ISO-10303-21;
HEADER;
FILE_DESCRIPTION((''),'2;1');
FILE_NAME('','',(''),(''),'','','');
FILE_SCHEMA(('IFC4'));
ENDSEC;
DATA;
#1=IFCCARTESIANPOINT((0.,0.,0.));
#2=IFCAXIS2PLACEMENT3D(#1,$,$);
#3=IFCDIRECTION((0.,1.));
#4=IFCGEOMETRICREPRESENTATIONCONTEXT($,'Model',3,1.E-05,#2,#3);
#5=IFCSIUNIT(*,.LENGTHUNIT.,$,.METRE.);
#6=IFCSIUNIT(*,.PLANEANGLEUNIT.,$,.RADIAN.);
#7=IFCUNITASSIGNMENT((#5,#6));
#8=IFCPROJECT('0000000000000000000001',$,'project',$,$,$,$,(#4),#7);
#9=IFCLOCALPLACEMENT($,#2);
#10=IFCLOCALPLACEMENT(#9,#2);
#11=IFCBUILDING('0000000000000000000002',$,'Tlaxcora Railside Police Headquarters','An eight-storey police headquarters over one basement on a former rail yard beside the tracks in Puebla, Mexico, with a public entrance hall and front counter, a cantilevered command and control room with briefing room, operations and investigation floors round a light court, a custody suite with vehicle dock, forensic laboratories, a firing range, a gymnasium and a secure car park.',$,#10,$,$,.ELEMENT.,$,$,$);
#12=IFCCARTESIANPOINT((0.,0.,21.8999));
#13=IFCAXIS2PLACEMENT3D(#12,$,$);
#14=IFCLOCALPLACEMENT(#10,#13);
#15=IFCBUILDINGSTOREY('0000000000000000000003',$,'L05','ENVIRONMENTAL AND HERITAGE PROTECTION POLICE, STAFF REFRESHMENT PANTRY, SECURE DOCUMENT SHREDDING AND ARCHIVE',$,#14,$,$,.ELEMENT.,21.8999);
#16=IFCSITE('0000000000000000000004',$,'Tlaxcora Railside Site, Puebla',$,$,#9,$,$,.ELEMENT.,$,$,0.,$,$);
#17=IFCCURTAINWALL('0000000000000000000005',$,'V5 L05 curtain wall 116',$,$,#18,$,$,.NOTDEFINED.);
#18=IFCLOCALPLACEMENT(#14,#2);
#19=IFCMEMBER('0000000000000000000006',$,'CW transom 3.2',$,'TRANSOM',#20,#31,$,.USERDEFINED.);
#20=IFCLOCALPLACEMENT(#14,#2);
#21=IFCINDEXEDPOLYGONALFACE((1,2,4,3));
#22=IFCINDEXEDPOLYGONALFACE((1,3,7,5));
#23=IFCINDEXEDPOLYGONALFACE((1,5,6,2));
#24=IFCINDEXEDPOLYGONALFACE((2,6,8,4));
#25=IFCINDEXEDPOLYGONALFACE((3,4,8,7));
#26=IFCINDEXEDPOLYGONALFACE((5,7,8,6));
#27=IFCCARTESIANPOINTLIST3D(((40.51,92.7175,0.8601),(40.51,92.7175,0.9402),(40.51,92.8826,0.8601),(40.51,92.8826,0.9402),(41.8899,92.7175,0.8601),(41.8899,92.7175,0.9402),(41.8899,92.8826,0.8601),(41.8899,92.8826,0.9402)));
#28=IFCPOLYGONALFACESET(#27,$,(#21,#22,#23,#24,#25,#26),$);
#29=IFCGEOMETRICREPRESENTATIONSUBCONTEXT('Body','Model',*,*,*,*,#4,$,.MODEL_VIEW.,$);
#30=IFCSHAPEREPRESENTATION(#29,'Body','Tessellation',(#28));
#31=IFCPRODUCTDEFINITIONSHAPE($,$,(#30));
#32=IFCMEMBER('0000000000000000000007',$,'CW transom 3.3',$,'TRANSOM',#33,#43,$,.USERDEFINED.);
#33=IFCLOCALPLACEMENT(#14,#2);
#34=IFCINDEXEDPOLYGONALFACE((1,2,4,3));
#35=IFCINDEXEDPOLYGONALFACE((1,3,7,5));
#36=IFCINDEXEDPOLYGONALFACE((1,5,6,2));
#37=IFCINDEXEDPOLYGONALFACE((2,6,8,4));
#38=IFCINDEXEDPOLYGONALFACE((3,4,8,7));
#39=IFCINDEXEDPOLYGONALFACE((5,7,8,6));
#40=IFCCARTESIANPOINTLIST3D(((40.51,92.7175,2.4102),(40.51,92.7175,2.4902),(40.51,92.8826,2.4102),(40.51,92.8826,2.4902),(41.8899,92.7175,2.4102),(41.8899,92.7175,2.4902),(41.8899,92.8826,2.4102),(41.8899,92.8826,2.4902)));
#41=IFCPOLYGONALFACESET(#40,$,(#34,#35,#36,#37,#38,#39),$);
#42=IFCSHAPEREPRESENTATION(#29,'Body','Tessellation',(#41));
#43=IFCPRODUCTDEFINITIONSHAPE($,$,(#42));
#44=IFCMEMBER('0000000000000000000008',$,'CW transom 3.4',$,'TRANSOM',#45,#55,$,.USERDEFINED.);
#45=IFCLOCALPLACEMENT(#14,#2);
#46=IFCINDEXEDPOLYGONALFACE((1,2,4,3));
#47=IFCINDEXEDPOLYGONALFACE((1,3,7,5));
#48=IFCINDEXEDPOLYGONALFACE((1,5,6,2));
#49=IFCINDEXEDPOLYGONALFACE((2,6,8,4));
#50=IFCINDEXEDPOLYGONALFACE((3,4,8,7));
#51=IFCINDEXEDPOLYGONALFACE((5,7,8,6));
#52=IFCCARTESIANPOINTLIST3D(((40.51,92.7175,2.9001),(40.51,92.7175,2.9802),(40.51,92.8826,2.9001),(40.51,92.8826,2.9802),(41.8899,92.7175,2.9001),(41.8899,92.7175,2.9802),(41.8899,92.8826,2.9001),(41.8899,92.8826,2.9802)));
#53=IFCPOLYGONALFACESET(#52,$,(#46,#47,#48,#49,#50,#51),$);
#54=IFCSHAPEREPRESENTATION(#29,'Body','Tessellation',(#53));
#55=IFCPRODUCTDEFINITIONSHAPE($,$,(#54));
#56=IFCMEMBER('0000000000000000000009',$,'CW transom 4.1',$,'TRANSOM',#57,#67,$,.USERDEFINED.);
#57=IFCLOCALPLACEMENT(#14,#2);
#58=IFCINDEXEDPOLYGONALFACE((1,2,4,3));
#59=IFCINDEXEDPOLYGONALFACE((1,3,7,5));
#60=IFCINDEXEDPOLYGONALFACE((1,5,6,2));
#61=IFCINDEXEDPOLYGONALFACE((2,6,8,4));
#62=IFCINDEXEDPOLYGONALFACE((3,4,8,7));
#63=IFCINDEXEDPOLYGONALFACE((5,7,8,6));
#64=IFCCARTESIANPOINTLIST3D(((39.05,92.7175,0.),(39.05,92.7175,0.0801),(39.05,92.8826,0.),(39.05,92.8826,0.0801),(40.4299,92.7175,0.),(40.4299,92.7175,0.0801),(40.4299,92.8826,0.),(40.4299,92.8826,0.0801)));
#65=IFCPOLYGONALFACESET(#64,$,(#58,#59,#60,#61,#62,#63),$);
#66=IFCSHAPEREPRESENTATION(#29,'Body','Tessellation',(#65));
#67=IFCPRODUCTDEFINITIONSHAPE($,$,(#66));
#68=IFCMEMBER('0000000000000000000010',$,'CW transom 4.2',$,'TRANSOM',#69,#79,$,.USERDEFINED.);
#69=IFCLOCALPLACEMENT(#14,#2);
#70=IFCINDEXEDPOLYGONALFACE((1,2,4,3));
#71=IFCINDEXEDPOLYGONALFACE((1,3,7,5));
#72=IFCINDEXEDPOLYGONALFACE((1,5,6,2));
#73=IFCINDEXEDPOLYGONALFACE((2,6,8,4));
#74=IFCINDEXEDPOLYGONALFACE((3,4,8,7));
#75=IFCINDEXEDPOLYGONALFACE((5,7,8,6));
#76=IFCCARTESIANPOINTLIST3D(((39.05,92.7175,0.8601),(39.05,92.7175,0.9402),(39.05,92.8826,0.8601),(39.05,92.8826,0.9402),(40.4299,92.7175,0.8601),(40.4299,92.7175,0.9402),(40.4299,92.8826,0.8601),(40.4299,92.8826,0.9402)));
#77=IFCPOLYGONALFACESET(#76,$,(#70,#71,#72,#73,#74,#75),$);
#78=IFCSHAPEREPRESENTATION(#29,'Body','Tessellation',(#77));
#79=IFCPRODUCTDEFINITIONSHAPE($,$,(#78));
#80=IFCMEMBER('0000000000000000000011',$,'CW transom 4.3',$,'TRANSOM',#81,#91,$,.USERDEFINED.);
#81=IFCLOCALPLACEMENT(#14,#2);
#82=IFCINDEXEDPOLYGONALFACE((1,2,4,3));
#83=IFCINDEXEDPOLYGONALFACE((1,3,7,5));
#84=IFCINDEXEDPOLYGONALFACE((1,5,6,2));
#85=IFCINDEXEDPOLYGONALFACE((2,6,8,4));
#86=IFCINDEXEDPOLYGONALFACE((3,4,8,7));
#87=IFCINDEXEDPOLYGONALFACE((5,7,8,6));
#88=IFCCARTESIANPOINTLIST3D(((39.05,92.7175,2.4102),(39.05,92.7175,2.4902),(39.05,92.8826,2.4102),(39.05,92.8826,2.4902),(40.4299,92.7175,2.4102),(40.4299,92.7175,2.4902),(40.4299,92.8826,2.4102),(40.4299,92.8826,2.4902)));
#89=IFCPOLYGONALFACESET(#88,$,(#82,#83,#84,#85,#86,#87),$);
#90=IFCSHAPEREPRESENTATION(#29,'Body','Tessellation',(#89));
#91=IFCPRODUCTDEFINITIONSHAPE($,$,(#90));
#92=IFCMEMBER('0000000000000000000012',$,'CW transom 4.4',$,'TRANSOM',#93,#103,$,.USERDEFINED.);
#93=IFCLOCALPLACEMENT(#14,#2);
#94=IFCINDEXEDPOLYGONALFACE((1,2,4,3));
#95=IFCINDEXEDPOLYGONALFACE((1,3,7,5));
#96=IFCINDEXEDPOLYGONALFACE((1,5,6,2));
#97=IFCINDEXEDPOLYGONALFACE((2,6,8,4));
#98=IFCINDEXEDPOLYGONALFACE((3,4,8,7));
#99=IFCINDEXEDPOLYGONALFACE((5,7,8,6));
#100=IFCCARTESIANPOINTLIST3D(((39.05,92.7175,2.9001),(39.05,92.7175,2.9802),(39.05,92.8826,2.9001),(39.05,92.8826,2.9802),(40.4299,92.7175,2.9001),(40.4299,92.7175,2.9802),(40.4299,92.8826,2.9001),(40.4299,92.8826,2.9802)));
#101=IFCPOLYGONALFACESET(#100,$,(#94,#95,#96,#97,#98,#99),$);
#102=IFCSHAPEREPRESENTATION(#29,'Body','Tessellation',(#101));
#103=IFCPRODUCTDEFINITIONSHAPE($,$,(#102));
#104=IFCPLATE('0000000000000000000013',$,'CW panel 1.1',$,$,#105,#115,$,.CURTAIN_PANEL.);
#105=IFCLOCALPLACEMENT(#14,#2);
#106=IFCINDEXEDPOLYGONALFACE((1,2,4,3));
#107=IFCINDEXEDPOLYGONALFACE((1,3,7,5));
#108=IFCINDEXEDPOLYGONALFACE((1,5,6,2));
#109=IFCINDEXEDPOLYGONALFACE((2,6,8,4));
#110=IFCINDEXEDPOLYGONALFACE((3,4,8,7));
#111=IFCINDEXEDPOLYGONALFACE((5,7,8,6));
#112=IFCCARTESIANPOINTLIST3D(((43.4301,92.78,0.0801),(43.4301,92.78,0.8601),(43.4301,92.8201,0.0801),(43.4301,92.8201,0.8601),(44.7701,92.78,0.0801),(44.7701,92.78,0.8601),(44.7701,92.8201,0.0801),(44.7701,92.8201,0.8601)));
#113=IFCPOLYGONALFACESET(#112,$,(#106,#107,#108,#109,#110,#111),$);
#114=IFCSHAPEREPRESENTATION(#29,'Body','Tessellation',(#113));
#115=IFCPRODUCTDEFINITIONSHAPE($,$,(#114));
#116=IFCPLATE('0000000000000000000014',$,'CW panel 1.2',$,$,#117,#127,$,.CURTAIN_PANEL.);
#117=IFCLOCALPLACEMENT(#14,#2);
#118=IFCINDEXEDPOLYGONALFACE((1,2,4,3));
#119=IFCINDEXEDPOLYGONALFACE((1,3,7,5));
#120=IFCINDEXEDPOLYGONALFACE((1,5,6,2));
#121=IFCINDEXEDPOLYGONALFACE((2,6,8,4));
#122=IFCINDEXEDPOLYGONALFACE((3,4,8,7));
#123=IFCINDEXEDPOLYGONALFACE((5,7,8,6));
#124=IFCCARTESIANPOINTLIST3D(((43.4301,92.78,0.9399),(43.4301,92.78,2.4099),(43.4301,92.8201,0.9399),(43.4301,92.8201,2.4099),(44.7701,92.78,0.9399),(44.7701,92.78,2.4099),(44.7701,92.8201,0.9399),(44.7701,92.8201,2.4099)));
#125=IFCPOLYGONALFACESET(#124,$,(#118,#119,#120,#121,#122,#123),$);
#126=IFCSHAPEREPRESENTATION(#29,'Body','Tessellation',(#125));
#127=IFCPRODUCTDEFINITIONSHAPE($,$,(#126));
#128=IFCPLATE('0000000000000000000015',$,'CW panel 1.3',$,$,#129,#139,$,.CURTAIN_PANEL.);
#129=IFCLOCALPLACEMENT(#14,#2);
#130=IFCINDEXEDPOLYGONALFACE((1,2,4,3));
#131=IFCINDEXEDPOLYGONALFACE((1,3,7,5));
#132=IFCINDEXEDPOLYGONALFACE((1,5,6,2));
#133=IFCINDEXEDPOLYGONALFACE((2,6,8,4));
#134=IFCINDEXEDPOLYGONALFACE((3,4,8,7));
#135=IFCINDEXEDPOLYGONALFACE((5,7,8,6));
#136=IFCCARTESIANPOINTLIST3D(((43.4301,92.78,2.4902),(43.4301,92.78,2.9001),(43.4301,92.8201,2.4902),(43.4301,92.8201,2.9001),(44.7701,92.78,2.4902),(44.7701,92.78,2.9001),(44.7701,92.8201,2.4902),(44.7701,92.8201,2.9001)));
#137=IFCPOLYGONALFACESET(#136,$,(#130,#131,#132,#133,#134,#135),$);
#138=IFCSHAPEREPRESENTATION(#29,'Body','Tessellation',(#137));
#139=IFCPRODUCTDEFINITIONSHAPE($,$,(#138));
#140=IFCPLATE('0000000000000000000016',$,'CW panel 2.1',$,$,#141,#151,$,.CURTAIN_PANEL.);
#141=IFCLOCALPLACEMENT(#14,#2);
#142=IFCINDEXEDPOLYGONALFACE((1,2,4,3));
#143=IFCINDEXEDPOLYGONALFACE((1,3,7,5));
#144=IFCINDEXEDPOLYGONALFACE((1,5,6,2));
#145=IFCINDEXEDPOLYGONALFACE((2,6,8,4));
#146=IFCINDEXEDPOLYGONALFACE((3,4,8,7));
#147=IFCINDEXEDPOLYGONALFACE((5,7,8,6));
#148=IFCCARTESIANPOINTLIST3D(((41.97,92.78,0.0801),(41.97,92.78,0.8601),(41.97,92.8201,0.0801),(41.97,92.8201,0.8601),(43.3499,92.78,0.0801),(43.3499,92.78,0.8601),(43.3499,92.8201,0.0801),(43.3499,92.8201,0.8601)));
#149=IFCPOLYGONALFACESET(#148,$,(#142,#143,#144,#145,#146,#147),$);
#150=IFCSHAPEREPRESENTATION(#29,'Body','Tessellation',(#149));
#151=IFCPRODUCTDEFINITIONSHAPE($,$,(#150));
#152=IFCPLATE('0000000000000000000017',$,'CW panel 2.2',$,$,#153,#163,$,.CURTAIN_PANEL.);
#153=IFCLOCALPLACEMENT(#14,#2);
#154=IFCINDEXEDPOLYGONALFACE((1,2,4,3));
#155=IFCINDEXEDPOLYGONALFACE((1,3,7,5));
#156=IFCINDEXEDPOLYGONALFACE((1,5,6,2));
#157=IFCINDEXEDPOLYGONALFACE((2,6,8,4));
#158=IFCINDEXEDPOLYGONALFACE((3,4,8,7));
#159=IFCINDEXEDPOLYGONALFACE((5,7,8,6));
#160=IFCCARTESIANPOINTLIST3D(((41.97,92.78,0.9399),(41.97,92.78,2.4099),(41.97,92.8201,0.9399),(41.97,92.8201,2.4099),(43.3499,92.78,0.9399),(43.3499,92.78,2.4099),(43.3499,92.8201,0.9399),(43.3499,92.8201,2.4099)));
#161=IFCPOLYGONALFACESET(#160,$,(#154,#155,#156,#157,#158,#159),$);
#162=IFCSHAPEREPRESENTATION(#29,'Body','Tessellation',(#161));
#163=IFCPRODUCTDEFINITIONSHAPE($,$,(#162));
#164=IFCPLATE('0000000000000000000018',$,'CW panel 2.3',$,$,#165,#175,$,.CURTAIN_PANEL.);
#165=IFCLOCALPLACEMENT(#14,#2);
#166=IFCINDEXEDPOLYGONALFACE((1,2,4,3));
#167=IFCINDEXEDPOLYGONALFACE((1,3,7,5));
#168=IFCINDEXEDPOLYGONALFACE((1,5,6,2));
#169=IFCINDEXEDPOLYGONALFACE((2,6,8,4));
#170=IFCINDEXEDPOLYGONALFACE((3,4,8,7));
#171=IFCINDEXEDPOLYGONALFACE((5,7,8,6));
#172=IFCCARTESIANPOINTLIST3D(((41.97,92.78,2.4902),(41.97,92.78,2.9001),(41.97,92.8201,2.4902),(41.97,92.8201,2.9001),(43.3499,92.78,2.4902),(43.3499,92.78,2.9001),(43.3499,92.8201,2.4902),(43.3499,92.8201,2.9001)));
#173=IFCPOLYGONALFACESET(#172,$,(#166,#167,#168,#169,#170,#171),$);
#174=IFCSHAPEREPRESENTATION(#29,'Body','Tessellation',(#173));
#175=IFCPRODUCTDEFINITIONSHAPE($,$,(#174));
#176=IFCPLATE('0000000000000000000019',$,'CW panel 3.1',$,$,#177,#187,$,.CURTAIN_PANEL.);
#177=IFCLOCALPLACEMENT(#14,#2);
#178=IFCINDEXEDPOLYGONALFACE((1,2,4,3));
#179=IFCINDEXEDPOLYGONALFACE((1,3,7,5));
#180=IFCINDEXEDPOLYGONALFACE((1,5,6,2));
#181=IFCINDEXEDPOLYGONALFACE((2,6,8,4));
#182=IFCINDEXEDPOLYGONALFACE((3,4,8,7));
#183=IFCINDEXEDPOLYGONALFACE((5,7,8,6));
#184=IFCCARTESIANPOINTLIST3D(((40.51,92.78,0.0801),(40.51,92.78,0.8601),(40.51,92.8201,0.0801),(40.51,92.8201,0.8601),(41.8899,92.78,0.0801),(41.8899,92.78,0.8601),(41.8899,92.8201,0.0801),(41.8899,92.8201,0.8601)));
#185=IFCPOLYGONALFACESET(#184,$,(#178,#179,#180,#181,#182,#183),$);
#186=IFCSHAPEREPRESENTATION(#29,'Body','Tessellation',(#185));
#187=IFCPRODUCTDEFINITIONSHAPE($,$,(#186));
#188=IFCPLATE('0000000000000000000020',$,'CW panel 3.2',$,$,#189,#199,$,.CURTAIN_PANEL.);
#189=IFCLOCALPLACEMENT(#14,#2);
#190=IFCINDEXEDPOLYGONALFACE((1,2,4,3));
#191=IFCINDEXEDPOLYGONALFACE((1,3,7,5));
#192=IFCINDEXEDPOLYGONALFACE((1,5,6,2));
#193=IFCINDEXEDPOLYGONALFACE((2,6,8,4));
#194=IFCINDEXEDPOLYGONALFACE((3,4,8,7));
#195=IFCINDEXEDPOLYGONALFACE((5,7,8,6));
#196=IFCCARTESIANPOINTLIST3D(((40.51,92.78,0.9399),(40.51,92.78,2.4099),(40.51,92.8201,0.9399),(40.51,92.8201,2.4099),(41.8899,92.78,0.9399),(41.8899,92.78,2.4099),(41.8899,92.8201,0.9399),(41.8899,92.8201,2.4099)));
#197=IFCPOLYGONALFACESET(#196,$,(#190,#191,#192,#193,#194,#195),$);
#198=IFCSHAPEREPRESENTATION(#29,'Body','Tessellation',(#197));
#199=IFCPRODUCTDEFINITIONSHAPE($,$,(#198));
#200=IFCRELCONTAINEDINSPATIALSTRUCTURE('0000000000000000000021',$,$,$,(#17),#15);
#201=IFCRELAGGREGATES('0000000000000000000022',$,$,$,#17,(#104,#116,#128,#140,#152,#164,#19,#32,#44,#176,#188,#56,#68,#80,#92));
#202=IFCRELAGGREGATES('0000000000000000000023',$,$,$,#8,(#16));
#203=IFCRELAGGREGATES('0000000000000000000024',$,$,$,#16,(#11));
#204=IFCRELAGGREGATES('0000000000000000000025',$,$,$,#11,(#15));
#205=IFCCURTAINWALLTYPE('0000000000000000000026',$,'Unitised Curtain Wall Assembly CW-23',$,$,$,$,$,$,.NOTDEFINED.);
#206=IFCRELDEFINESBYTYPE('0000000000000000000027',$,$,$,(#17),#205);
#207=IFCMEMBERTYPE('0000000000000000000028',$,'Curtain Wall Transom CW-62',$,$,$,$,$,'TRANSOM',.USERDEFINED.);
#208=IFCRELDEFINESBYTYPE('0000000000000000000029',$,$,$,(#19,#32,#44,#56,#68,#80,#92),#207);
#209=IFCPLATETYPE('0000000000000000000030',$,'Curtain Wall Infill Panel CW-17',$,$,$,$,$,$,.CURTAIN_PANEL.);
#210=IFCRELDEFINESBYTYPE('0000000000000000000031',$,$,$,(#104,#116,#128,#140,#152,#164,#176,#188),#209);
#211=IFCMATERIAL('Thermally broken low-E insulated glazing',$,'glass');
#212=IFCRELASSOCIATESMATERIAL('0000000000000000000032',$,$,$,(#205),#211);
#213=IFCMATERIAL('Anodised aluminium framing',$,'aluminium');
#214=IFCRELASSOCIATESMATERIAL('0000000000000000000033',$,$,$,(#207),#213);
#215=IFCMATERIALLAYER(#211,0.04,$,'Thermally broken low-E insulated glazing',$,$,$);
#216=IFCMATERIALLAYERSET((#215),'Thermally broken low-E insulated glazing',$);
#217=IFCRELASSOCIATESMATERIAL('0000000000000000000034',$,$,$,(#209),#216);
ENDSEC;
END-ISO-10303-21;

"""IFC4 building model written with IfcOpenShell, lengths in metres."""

from ifc_helpers import new_model, si_unit, direction, frame, origin, origin_2d, place, context, subcontext, project, spatial, rectangle, extrude, material, layer, layer_set, material_profile, profile_set, type_object, element, aggregate, save


model = new_model("IFC4")

# Units and contexts
model_context = context("Model", 3, precision=1e-05, world=origin(), true_north=direction((0.0, 1.0)))
body_context = subcontext(model_context, "Body", "Model", "MODEL_VIEW")
ifc_project = project(units=[si_unit("LENGTHUNIT", "METRE"), si_unit("PLANEANGLEUNIT", "RADIAN")], contexts=[model_context])

# Site, building, storey
site_placement = place(None, origin())
site = spatial("IfcSite", under=ifc_project, at=site_placement, Name="Tlaxcora Railside Site, Puebla", CompositionType="ELEMENT", RefElevation=0.0)
building_placement = place(site_placement, origin())
building = spatial("IfcBuilding", under=site, at=building_placement, Name="Tlaxcora Railside Police Headquarters", Description="An eight-storey police headquarters over one basement on a former rail yard beside the tracks in Puebla, Mexico, with a public entrance hall and front counter, a cantilevered command and control room with briefing room, operations and investigation floors round a light court, a custody suite with vehicle dock, forensic laboratories, a firing range, a gymnasium and a secure car park.", CompositionType="ELEMENT")
storey_placement = place(building_placement, frame((0.0, 0.0, 21.8999)))
storey = spatial("IfcBuildingStorey", under=building, at=storey_placement, Name="L05", Description="ENVIRONMENTAL AND HERITAGE PROTECTION POLICE, STAFF REFRESHMENT PANTRY, SECURE DOCUMENT SHREDDING AND ARCHIVE", CompositionType="ELEMENT", Elevation=21.8999)

# Curtain wall, members, plates
ifc_material_1 = material(Name="Thermally broken low-E insulated glazing", Category="glass")
curtain_wall_type = type_object("IfcCurtainWallType", Name="Unitised Curtain Wall Assembly CW-23", PredefinedType="NOTDEFINED", material=ifc_material_1)
curtain_wall_placement = place(storey_placement, origin())
curtain_wall = element("IfcCurtainWall", 1, at=curtain_wall_placement, inside=storey, type_object=curtain_wall_type, Name="V5 L05 curtain wall 116", PredefinedType="NOTDEFINED")
ifc_material_2 = material(Name="Anodised aluminium framing", Category="aluminium")
ifc_material_profile_1 = material_profile(ifc_material_2, rectangle(XDim=0.165, YDim=0.0801, at=origin_2d()), Name="AL80X165")
ifc_profile_set_1 = profile_set([ifc_material_profile_1], Name="Anodised aluminium framing")
member_type_1 = type_object("IfcMemberType", Name="Curtain Wall Transom CW-62", ElementType="TRANSOM", PredefinedType="USERDEFINED", material=ifc_profile_set_1)
member_1_placement = place(storey_placement, frame((41.8899, 92.8, 0.9001), z_axis=(-1.0, 0.0, 0.0), x_axis=(0.0, -1.0, 0.0)))
member_1 = element("IfcMember", 2, at=member_1_placement, type_object=member_type_1, Name="CW transom 3.2", ObjectType="TRANSOM", PredefinedType="USERDEFINED", context=body_context, shape_type="SweptSolid", body=[
    extrude(rectangle(XDim=0.165, YDim=0.0801, at=origin_2d()), origin(), (0.0, 0.0, 1.0), 1.3799),
])
member_2_placement = place(storey_placement, frame((41.8899, 92.8, 2.4502), z_axis=(-1.0, 0.0, 0.0), x_axis=(0.0, -1.0, 0.0)))
member_2 = element("IfcMember", 3, at=member_2_placement, type_object=member_type_1, Name="CW transom 3.3", ObjectType="TRANSOM", PredefinedType="USERDEFINED", context=body_context, shape_type="SweptSolid", body=[
    extrude(rectangle(XDim=0.165, YDim=0.0801, at=origin_2d()), origin(), (0.0, 0.0, 1.0), 1.3799),
])
member_3_placement = place(storey_placement, frame((41.8899, 92.8, 2.9402), z_axis=(-1.0, 0.0, 0.0), x_axis=(0.0, -1.0, 0.0)))
member_3 = element("IfcMember", 4, at=member_3_placement, type_object=member_type_1, Name="CW transom 3.4", ObjectType="TRANSOM", PredefinedType="USERDEFINED", context=body_context, shape_type="SweptSolid", body=[
    extrude(rectangle(XDim=0.165, YDim=0.0801, at=origin_2d()), origin(), (0.0, 0.0, 1.0), 1.3799),
])
member_4_placement = place(storey_placement, frame((40.4299, 92.8, 0.04), z_axis=(-1.0, 0.0, 0.0), x_axis=(0.0, -1.0, 0.0)))
member_4 = element("IfcMember", 5, at=member_4_placement, type_object=member_type_1, Name="CW transom 4.1", ObjectType="TRANSOM", PredefinedType="USERDEFINED", context=body_context, shape_type="SweptSolid", body=[
    extrude(rectangle(XDim=0.165, YDim=0.0801, at=origin_2d()), origin(), (0.0, 0.0, 1.0), 1.3799),
])
member_5_placement = place(storey_placement, frame((40.4299, 92.8, 0.9001), z_axis=(-1.0, 0.0, 0.0), x_axis=(0.0, -1.0, 0.0)))
member_5 = element("IfcMember", 6, at=member_5_placement, type_object=member_type_1, Name="CW transom 4.2", ObjectType="TRANSOM", PredefinedType="USERDEFINED", context=body_context, shape_type="SweptSolid", body=[
    extrude(rectangle(XDim=0.165, YDim=0.0801, at=origin_2d()), origin(), (0.0, 0.0, 1.0), 1.3799),
])
member_6_placement = place(storey_placement, frame((40.4299, 92.8, 2.4502), z_axis=(-1.0, 0.0, 0.0), x_axis=(0.0, -1.0, 0.0)))
member_6 = element("IfcMember", 7, at=member_6_placement, type_object=member_type_1, Name="CW transom 4.3", ObjectType="TRANSOM", PredefinedType="USERDEFINED", context=body_context, shape_type="SweptSolid", body=[
    extrude(rectangle(XDim=0.165, YDim=0.0801, at=origin_2d()), origin(), (0.0, 0.0, 1.0), 1.3799),
])
member_7_placement = place(storey_placement, frame((40.4299, 92.8, 2.9402), z_axis=(-1.0, 0.0, 0.0), x_axis=(0.0, -1.0, 0.0)))
member_7 = element("IfcMember", 8, at=member_7_placement, type_object=member_type_1, Name="CW transom 4.4", ObjectType="TRANSOM", PredefinedType="USERDEFINED", context=body_context, shape_type="SweptSolid", body=[
    extrude(rectangle(XDim=0.165, YDim=0.0801, at=origin_2d()), origin(), (0.0, 0.0, 1.0), 1.3799),
])
ifc_layer = layer(ifc_material_1, 0.04, Name="Thermally broken low-E insulated glazing")
ifc_layer_set = layer_set([ifc_layer], Name="Thermally broken low-E insulated glazing")
plate_type = type_object("IfcPlateType", Name="Curtain Wall Infill Panel CW-17", PredefinedType="CURTAIN_PANEL", material=ifc_layer_set)
plate_1_placement = place(storey_placement, frame((44.1001, 92.8, 0.0801), z_axis=(0.0, 0.0, 1.0), x_axis=(-1.0, 0.0, 0.0)))
plate_1 = element("IfcPlate", 9, at=plate_1_placement, type_object=plate_type, Name="CW panel 1.1", PredefinedType="CURTAIN_PANEL", context=body_context, shape_type="SweptSolid", body=[
    extrude(rectangle(XDim=1.3401, YDim=0.04, at=origin_2d()), origin(), (0.0, 0.0, 1.0), 0.78),
])
plate_2_placement = place(storey_placement, frame((44.1001, 92.8, 0.9399), z_axis=(0.0, 0.0, 1.0), x_axis=(-1.0, 0.0, 0.0)))
plate_2 = element("IfcPlate", 10, at=plate_2_placement, type_object=plate_type, Name="CW panel 1.2", PredefinedType="CURTAIN_PANEL", context=body_context, shape_type="SweptSolid", body=[
    extrude(rectangle(XDim=1.3401, YDim=0.04, at=origin_2d()), origin(), (0.0, 0.0, 1.0), 1.47),
])
plate_3_placement = place(storey_placement, frame((44.1001, 92.8, 2.4902), z_axis=(0.0, 0.0, 1.0), x_axis=(-1.0, 0.0, 0.0)))
plate_3 = element("IfcPlate", 11, at=plate_3_placement, type_object=plate_type, Name="CW panel 1.3", PredefinedType="CURTAIN_PANEL", context=body_context, shape_type="SweptSolid", body=[
    extrude(rectangle(XDim=1.3401, YDim=0.04, at=origin_2d()), origin(), (0.0, 0.0, 1.0), 0.4099),
])
plate_4_placement = place(storey_placement, frame((42.6599, 92.8, 0.0801), z_axis=(0.0, 0.0, 1.0), x_axis=(-1.0, 0.0, 0.0)))
plate_4 = element("IfcPlate", 12, at=plate_4_placement, type_object=plate_type, Name="CW panel 2.1", PredefinedType="CURTAIN_PANEL", context=body_context, shape_type="SweptSolid", body=[
    extrude(rectangle(XDim=1.3799, YDim=0.04, at=origin_2d()), origin(), (0.0, 0.0, 1.0), 0.78),
])
plate_5_placement = place(storey_placement, frame((42.6599, 92.8, 0.9399), z_axis=(0.0, 0.0, 1.0), x_axis=(-1.0, 0.0, 0.0)))
plate_5 = element("IfcPlate", 13, at=plate_5_placement, type_object=plate_type, Name="CW panel 2.2", PredefinedType="CURTAIN_PANEL", context=body_context, shape_type="SweptSolid", body=[
    extrude(rectangle(XDim=1.3799, YDim=0.04, at=origin_2d()), origin(), (0.0, 0.0, 1.0), 1.47),
])
plate_6_placement = place(storey_placement, frame((42.6599, 92.8, 2.4902), z_axis=(0.0, 0.0, 1.0), x_axis=(-1.0, 0.0, 0.0)))
plate_6 = element("IfcPlate", 14, at=plate_6_placement, type_object=plate_type, Name="CW panel 2.3", PredefinedType="CURTAIN_PANEL", context=body_context, shape_type="SweptSolid", body=[
    extrude(rectangle(XDim=1.3799, YDim=0.04, at=origin_2d()), origin(), (0.0, 0.0, 1.0), 0.4099),
])
plate_7_placement = place(storey_placement, frame((41.2, 92.8, 0.0801), z_axis=(0.0, 0.0, 1.0), x_axis=(-1.0, 0.0, 0.0)))
plate_7 = element("IfcPlate", 15, at=plate_7_placement, type_object=plate_type, Name="CW panel 3.1", PredefinedType="CURTAIN_PANEL", context=body_context, shape_type="SweptSolid", body=[
    extrude(rectangle(XDim=1.3799, YDim=0.04, at=origin_2d()), origin(), (0.0, 0.0, 1.0), 0.78),
])
plate_8_placement = place(storey_placement, frame((41.2, 92.8, 0.9399), z_axis=(0.0, 0.0, 1.0), x_axis=(-1.0, 0.0, 0.0)))
plate_8 = element("IfcPlate", 16, at=plate_8_placement, type_object=plate_type, Name="CW panel 3.2", PredefinedType="CURTAIN_PANEL", context=body_context, shape_type="SweptSolid", body=[
    extrude(rectangle(XDim=1.3799, YDim=0.04, at=origin_2d()), origin(), (0.0, 0.0, 1.0), 1.47),
])
aggregate(curtain_wall, [plate_1, plate_2, plate_3, plate_4, plate_5, plate_6, member_1, member_2, member_3, plate_7, plate_8, member_4, member_5, member_6, member_7])

save(model, "model.ifc")
